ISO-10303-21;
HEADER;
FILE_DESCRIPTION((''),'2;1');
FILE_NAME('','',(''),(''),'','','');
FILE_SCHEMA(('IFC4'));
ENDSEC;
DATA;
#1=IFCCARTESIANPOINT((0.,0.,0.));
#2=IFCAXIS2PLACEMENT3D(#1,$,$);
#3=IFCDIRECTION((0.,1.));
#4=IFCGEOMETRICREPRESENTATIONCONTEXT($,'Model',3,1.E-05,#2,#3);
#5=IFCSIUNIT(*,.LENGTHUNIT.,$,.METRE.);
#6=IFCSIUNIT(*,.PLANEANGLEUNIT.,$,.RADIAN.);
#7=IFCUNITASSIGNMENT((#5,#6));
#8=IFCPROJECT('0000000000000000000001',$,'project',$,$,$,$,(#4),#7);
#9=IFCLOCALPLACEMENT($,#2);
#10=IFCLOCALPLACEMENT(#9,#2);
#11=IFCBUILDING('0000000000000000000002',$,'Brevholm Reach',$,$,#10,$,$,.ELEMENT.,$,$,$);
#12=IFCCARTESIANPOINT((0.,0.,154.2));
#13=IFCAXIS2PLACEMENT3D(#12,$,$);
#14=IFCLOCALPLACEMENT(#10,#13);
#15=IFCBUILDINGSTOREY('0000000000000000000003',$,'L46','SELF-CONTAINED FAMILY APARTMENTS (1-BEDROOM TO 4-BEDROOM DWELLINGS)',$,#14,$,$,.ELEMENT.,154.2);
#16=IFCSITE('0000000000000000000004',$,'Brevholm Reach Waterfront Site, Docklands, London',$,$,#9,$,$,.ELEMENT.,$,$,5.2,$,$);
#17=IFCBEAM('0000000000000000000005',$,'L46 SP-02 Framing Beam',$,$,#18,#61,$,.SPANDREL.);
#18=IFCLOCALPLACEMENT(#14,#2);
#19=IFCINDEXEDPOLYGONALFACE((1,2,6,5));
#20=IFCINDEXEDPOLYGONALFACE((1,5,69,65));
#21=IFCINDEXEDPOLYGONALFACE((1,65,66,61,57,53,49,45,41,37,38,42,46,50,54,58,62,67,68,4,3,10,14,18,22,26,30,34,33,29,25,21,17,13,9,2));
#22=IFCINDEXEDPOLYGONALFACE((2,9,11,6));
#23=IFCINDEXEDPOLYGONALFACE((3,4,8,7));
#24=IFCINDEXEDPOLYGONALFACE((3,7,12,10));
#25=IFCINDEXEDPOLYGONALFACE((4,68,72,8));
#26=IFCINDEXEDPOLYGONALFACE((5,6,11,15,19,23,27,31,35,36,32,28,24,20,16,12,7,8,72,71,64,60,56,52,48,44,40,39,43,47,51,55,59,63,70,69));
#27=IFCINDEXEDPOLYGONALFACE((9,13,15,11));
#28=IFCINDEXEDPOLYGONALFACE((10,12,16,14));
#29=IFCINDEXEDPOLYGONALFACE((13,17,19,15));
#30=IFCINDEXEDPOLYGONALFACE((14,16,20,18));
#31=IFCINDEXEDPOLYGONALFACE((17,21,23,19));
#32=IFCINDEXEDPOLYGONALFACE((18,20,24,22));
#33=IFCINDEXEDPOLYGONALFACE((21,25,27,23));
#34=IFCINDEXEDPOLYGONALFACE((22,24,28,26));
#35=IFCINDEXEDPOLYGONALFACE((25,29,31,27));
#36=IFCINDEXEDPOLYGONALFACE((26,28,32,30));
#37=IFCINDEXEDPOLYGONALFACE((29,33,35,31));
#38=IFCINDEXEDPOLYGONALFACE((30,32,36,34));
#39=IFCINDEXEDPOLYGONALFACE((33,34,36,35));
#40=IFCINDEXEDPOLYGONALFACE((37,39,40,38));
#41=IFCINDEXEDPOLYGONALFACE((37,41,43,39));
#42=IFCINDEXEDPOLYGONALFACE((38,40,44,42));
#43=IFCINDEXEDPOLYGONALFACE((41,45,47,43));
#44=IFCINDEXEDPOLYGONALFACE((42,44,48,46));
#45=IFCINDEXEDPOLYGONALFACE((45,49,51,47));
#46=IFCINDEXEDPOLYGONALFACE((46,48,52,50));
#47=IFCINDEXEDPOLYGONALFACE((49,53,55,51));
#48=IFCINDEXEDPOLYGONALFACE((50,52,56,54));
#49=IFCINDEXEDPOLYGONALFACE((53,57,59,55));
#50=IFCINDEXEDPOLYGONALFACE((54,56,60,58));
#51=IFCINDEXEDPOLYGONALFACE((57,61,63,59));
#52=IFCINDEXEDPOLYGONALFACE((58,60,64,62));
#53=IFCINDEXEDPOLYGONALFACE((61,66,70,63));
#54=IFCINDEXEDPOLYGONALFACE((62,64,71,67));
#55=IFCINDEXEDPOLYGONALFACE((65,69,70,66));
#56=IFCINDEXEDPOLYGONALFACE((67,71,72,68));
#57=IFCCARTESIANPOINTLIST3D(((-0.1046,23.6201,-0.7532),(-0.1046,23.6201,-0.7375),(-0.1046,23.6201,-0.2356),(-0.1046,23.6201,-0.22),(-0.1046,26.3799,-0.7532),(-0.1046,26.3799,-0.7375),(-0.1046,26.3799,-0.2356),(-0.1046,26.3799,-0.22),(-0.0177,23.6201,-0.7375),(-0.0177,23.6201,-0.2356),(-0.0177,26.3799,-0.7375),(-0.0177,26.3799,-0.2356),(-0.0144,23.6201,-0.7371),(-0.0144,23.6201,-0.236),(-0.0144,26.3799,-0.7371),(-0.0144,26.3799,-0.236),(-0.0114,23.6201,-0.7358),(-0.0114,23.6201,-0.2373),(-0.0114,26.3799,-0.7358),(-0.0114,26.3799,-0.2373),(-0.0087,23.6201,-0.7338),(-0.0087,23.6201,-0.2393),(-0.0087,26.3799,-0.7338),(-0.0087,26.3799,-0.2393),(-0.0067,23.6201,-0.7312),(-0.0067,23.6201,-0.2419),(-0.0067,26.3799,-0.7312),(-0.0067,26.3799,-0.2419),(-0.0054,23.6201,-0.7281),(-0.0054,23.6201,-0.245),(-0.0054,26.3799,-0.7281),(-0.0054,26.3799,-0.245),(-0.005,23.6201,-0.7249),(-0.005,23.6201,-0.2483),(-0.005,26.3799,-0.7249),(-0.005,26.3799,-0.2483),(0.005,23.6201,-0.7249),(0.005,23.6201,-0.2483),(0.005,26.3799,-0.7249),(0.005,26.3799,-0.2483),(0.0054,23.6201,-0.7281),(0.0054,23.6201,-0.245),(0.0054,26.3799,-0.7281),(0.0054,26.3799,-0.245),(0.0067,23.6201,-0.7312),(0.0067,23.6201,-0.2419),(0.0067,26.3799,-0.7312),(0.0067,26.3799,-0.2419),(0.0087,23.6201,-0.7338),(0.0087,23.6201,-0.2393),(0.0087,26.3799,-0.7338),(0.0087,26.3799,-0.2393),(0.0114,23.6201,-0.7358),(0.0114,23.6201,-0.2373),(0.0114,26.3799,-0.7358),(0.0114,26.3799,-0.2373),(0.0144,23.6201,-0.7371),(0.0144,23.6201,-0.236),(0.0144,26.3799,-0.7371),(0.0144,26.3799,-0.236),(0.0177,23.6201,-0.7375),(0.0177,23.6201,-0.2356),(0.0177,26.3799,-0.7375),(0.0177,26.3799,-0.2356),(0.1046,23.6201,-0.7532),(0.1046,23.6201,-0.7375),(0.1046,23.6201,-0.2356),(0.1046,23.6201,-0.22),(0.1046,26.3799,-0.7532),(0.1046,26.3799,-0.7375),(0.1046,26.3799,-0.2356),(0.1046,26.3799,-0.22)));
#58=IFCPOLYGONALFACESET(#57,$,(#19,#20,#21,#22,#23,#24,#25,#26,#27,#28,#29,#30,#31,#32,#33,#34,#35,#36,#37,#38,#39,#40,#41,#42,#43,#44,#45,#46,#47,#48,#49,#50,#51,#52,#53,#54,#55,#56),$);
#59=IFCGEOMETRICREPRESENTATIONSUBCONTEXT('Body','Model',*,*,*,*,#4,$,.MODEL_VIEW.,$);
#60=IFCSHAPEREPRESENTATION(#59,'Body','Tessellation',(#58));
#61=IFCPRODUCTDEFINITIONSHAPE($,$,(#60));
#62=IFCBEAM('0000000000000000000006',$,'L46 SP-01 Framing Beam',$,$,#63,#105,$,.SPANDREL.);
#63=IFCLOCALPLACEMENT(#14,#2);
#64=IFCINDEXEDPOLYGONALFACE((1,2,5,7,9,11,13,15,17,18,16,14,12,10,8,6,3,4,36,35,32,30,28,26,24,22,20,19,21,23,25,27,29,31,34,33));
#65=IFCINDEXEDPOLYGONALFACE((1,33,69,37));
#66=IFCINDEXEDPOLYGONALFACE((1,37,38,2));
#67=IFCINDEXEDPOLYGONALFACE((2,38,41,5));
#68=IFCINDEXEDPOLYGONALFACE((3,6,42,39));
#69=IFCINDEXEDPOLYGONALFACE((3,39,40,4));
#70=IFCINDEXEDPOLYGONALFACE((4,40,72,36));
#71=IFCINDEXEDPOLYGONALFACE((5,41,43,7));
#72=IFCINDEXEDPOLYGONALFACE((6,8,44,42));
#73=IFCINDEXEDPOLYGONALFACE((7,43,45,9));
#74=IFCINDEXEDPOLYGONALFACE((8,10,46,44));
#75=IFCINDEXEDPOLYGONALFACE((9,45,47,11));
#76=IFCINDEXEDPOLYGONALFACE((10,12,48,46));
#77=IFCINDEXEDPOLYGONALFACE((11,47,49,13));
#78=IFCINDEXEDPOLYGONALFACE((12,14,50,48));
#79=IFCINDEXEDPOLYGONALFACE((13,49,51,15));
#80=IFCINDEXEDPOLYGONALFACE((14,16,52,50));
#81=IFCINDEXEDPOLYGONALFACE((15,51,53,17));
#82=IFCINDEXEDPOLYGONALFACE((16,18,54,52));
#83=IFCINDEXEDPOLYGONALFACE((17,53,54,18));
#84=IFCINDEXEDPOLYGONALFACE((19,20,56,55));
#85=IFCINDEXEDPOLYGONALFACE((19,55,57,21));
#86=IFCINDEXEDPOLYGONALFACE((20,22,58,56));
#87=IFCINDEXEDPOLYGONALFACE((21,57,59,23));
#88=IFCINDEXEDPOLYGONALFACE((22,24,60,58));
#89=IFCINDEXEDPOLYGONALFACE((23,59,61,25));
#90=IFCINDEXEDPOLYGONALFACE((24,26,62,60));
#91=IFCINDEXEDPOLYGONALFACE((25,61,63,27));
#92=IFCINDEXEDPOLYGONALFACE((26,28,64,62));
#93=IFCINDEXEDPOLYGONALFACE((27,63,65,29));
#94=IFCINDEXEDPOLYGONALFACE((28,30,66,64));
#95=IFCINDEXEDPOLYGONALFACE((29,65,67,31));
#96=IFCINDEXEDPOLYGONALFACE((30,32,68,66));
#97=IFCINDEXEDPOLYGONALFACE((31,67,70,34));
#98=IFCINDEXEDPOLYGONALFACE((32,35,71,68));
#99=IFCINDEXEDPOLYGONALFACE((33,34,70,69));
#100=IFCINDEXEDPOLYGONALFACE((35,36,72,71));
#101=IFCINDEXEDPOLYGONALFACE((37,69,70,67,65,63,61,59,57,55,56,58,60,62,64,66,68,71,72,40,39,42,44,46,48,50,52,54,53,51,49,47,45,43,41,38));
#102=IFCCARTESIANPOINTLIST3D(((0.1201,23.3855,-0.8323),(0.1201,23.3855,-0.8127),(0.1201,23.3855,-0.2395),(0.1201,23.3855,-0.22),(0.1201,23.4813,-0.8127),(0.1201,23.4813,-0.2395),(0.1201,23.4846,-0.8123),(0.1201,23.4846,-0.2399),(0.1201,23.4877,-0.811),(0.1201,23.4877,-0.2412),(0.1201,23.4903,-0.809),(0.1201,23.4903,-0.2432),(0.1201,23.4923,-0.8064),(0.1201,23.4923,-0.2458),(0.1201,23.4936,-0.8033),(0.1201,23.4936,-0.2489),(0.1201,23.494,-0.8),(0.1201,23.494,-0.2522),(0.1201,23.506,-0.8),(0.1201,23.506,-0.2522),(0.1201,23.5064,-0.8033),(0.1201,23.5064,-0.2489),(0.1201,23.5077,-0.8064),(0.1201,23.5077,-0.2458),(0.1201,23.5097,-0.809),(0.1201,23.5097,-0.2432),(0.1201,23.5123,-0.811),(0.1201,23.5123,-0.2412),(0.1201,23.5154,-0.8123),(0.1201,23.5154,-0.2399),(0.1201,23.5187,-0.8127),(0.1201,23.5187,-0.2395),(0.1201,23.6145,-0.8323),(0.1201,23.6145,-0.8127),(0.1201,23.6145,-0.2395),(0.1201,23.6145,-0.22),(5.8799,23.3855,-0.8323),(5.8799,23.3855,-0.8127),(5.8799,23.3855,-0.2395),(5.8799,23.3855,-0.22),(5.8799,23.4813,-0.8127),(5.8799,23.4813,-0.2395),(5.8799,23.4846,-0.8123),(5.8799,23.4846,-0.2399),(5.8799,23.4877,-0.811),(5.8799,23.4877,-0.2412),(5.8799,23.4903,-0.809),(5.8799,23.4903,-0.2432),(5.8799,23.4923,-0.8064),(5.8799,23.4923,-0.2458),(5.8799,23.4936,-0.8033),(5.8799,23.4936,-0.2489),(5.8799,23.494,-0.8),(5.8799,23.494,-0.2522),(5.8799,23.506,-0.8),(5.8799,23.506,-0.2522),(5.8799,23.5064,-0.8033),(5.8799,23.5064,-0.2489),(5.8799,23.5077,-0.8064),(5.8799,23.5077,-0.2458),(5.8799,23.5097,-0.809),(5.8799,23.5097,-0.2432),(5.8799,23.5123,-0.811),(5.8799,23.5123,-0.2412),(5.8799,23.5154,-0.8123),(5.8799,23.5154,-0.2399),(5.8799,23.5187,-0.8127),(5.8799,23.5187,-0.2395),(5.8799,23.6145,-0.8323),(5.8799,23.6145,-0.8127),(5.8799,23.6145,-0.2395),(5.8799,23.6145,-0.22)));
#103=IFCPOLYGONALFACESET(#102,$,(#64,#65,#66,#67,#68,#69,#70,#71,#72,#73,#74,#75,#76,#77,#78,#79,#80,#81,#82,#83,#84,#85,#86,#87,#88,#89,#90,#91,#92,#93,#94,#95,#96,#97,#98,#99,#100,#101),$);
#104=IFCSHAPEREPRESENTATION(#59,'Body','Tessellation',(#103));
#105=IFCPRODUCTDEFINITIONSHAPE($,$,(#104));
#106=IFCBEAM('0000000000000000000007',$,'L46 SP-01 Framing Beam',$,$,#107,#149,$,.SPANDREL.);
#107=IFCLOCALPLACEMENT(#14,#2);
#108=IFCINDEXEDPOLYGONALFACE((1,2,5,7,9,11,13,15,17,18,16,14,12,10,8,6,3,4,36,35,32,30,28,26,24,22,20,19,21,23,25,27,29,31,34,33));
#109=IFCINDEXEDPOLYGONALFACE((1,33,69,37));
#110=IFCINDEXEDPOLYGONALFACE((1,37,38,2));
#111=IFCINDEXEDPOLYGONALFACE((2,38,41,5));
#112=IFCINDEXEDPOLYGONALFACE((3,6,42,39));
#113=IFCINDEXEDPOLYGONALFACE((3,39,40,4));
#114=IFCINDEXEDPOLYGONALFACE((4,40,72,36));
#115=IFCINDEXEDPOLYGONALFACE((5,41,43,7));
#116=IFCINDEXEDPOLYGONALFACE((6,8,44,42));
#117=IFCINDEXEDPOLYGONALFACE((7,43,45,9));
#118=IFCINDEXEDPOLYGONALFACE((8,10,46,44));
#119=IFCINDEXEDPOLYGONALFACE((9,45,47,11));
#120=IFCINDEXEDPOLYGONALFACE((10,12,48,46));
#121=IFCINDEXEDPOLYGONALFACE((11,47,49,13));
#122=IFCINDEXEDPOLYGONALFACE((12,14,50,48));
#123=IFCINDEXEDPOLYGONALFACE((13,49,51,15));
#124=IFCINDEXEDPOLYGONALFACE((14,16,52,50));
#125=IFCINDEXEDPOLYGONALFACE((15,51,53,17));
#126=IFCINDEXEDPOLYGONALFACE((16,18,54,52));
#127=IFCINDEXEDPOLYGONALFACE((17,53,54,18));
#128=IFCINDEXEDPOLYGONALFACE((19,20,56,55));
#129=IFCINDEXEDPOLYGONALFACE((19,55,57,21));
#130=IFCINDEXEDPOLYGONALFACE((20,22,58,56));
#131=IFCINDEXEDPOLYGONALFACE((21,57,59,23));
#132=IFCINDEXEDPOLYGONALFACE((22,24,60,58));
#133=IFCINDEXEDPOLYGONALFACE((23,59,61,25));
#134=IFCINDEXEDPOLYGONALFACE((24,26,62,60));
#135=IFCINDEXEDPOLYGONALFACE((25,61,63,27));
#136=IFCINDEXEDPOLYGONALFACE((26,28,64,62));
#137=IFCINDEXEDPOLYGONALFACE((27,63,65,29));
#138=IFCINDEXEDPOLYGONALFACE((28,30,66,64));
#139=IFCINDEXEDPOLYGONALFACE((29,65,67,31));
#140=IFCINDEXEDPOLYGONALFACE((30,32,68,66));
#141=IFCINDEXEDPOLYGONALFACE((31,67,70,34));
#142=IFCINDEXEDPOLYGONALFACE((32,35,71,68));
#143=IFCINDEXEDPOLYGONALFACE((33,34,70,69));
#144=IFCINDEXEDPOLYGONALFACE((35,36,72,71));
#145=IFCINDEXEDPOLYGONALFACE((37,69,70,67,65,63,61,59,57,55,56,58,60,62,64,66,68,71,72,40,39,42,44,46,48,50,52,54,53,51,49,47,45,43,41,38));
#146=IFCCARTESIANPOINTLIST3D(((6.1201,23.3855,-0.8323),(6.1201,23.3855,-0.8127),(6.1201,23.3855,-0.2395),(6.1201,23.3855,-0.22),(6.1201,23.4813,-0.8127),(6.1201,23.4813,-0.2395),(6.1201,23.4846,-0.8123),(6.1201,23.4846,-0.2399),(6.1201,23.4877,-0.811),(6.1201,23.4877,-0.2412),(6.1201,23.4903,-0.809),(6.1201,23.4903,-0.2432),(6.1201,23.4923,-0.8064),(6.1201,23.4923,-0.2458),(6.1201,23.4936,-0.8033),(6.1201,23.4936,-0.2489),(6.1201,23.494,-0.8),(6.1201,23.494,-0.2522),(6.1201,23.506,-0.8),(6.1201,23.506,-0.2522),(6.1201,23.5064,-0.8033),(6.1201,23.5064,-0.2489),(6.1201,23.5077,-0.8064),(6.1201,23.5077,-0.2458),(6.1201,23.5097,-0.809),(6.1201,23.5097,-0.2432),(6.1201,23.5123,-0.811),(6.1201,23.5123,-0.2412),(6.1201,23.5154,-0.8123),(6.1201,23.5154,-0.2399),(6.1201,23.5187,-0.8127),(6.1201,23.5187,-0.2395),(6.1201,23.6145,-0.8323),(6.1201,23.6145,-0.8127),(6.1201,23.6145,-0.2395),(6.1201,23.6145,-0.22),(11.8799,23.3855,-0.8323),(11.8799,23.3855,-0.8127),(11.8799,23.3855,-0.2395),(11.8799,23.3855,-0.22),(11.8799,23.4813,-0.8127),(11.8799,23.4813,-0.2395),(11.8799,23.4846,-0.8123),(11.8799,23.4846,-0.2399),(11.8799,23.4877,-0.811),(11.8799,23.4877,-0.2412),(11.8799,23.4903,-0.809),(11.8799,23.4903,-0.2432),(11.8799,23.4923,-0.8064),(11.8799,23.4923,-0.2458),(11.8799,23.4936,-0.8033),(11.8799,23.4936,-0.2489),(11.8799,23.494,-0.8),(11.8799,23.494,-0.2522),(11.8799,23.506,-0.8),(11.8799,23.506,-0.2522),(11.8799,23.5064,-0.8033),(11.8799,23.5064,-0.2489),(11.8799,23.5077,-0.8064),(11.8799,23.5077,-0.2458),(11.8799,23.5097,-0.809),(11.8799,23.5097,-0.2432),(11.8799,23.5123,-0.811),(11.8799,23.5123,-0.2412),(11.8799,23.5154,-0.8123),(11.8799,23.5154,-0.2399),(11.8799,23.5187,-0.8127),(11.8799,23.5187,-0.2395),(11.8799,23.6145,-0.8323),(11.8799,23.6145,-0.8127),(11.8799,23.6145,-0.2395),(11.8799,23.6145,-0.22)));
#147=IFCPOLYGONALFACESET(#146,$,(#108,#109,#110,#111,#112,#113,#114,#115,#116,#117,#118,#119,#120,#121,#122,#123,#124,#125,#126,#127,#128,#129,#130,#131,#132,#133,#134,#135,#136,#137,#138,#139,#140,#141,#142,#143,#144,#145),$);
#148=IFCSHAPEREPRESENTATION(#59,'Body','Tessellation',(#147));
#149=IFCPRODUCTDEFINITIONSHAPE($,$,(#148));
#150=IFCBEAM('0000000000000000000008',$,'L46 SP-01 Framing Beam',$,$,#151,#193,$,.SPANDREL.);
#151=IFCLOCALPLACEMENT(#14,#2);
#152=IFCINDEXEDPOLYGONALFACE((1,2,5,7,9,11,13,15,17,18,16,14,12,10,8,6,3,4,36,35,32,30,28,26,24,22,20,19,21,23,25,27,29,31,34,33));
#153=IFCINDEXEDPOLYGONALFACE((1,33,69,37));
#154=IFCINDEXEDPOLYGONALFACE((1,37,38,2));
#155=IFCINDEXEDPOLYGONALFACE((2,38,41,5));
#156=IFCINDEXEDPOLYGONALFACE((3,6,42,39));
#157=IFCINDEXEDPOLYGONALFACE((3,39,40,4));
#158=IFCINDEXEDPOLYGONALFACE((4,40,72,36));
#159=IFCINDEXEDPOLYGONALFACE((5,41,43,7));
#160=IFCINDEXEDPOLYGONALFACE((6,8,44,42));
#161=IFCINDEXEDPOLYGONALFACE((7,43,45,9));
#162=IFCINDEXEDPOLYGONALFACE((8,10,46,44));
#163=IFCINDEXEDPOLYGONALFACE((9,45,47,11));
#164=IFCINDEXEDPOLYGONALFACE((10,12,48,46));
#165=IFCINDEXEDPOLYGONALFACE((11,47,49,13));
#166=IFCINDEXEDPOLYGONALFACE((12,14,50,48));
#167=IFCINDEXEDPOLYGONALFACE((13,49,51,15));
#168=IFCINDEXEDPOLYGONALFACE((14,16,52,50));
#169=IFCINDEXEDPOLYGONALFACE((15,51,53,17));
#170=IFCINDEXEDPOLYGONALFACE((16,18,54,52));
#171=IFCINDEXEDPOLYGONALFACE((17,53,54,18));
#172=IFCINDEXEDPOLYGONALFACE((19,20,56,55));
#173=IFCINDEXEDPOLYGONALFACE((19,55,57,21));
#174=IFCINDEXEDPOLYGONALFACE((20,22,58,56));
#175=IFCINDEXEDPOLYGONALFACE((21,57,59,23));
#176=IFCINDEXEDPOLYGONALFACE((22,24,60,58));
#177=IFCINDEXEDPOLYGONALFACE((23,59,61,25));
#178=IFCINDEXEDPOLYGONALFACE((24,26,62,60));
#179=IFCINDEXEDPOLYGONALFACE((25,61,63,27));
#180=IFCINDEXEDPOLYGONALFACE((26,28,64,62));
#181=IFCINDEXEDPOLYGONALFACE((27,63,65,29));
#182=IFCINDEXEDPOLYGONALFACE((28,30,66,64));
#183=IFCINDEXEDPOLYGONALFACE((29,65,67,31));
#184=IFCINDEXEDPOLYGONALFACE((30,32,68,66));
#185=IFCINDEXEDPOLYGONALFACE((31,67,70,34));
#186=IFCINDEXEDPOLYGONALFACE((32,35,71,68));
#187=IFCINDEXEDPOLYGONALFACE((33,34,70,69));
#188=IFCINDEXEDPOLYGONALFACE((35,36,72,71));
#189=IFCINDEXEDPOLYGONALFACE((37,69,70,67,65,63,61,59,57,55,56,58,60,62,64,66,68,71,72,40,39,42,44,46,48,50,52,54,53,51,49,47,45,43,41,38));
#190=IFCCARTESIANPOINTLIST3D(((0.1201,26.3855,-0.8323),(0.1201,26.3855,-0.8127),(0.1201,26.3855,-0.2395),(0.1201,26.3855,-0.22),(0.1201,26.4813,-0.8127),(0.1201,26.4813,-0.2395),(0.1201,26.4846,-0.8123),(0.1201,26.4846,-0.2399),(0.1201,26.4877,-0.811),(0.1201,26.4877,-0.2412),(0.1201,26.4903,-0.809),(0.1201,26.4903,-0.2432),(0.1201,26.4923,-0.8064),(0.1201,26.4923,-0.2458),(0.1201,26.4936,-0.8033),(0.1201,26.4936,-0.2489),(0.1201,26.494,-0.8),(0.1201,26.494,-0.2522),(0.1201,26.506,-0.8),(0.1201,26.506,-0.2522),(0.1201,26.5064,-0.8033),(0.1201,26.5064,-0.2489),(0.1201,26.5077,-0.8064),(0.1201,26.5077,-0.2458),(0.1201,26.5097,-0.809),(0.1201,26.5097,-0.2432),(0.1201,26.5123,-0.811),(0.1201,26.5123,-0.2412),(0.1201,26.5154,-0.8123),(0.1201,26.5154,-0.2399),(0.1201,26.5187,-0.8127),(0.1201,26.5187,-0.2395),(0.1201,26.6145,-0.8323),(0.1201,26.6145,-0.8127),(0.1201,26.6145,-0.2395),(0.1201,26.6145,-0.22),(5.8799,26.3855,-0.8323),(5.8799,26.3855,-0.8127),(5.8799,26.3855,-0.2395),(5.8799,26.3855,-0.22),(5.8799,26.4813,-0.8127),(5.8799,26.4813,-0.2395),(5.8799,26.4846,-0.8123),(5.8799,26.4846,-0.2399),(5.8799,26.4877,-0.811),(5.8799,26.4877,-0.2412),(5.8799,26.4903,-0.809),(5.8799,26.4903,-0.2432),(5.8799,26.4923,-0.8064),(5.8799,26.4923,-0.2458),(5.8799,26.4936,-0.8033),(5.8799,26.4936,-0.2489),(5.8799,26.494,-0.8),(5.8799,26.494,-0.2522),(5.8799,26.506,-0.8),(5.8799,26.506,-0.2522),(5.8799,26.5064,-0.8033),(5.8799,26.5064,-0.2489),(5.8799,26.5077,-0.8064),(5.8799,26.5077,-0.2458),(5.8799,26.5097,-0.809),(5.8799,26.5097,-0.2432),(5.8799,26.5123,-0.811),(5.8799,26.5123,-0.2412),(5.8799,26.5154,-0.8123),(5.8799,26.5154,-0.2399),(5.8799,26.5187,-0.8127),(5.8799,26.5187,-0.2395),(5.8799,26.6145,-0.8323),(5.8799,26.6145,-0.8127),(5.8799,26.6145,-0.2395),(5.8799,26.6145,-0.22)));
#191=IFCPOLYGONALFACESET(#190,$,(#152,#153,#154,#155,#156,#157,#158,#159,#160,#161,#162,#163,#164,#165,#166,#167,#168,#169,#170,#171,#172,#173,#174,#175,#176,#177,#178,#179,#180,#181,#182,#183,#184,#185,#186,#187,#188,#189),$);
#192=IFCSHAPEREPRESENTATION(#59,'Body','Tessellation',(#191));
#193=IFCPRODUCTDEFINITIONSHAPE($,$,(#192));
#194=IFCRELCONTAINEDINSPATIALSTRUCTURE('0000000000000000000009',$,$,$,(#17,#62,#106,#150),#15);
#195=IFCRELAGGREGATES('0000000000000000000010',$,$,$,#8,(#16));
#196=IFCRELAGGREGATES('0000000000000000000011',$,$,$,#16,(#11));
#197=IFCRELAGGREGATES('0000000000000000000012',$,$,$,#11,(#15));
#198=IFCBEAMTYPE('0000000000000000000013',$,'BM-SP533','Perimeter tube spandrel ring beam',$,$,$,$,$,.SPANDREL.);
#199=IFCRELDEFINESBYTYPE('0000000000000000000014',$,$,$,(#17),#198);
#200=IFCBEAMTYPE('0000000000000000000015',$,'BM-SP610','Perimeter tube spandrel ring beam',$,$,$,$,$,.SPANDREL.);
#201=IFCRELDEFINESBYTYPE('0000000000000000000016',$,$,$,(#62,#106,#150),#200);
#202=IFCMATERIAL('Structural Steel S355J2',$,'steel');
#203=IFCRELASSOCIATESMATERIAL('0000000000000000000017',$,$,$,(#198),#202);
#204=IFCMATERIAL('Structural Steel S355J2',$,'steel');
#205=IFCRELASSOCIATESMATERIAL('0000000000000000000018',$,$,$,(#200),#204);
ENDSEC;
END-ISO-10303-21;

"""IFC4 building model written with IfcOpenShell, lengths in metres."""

from ifc_helpers import new_model, si_unit, direction, frame, origin, origin_2d, place, context, subcontext, project, spatial, i_section, extrude, material, material_profile, profile_set, type_object, element, save


model = new_model("IFC4")

# Units and contexts
model_context = context("Model", 3, precision=1e-05, world=origin(), true_north=direction((0.0, 1.0)))
body_context = subcontext(model_context, "Body", "Model", "MODEL_VIEW")
ifc_project = project(units=[si_unit("LENGTHUNIT", "METRE"), si_unit("PLANEANGLEUNIT", "RADIAN")], contexts=[model_context])

# Site, building, storey
site_placement = place(None, origin())
site = spatial("IfcSite", under=ifc_project, at=site_placement, Name="Brevholm Reach Waterfront Site, Docklands, London", CompositionType="ELEMENT", RefElevation=5.2)
building_placement = place(site_placement, origin())
building = spatial("IfcBuilding", under=site, at=building_placement, Name="Brevholm Reach", CompositionType="ELEMENT")
storey_placement = place(building_placement, frame((0.0, 0.0, 154.2)))
storey = spatial("IfcBuildingStorey", under=building, at=storey_placement, Name="L46", Description="SELF-CONTAINED FAMILY APARTMENTS (1-BEDROOM TO 4-BEDROOM DWELLINGS)", CompositionType="ELEMENT", Elevation=154.2)

# Beams
ifc_material_1 = material(Name="Structural Steel S355J2", Category="steel")
ifc_material_profile_1 = material_profile(ifc_material_1, i_section(OverallWidth=0.2092, OverallDepth=0.5332, WebThickness=0.01, FlangeThickness=0.0156, FilletRadius=0.0127, at=origin_2d()), Name="UKB 533x210x92")
ifc_profile_set_1 = profile_set([ifc_material_profile_1], Name="Structural Steel S355J2")
beam_type_1 = type_object("IfcBeamType", Name="BM-SP533", Description="Perimeter tube spandrel ring beam", PredefinedType="SPANDREL", material=ifc_profile_set_1)
beam_1_placement = place(storey_placement, frame((0.0, 23.6201, -0.4866), z_axis=(0.0, 1.0, 0.0), x_axis=(-1.0, 0.0, 0.0)))
element("IfcBeam", 1, at=beam_1_placement, inside=storey, type_object=beam_type_1, Name="L46 SP-02 Framing Beam", PredefinedType="SPANDREL", context=body_context, shape_type="SweptSolid", body=[
    extrude(i_section(OverallWidth=0.2092, OverallDepth=0.5332, WebThickness=0.01, FlangeThickness=0.0156, FilletRadius=0.0127, at=origin_2d()), origin(), (0.0, 0.0, 1.0), 2.7598),
])
ifc_material_2 = material(Name="Structural Steel S355J2", Category="steel")
ifc_material_profile_2 = material_profile(ifc_material_2, i_section(OverallWidth=0.229, OverallDepth=0.6123, WebThickness=0.012, FlangeThickness=0.0195, FilletRadius=0.0127, at=origin_2d()), Name="UKB 610x229x125")
ifc_profile_set_2 = profile_set([ifc_material_profile_2], Name="Structural Steel S355J2")
beam_type_2 = type_object("IfcBeamType", Name="BM-SP610", Description="Perimeter tube spandrel ring beam", PredefinedType="SPANDREL", material=ifc_profile_set_2)
for number, where, z_axis, x_axis, name in (
    (2, (0.1201, 23.5, -0.5261), (1.0, 0.0, 0.0), (0.0, 1.0, 0.0), "L46 SP-01 Framing Beam"),
    (3, (6.1201, 23.5, -0.5261), (1.0, 0.0, 0.0), (0.0, 1.0, 0.0), "L46 SP-01 Framing Beam"),
    (4, (0.1201, 26.5, -0.5261), (1.0, 0.0, 0.0), (0.0, 1.0, 0.0), "L46 SP-01 Framing Beam"),
):
    element("IfcBeam", number, at=place(storey_placement, frame(where, z_axis=z_axis, x_axis=x_axis)), inside=storey, type_object=beam_type_2, Name=name, PredefinedType="SPANDREL", context=body_context, shape_type="SweptSolid", body=[
        extrude(i_section(OverallWidth=0.229, OverallDepth=0.6123, WebThickness=0.012, FlangeThickness=0.0195, FilletRadius=0.0127, at=origin_2d()), origin(), (0.0, 0.0, 1.0), 5.7598),
    ])

save(model, "model.ifc")
